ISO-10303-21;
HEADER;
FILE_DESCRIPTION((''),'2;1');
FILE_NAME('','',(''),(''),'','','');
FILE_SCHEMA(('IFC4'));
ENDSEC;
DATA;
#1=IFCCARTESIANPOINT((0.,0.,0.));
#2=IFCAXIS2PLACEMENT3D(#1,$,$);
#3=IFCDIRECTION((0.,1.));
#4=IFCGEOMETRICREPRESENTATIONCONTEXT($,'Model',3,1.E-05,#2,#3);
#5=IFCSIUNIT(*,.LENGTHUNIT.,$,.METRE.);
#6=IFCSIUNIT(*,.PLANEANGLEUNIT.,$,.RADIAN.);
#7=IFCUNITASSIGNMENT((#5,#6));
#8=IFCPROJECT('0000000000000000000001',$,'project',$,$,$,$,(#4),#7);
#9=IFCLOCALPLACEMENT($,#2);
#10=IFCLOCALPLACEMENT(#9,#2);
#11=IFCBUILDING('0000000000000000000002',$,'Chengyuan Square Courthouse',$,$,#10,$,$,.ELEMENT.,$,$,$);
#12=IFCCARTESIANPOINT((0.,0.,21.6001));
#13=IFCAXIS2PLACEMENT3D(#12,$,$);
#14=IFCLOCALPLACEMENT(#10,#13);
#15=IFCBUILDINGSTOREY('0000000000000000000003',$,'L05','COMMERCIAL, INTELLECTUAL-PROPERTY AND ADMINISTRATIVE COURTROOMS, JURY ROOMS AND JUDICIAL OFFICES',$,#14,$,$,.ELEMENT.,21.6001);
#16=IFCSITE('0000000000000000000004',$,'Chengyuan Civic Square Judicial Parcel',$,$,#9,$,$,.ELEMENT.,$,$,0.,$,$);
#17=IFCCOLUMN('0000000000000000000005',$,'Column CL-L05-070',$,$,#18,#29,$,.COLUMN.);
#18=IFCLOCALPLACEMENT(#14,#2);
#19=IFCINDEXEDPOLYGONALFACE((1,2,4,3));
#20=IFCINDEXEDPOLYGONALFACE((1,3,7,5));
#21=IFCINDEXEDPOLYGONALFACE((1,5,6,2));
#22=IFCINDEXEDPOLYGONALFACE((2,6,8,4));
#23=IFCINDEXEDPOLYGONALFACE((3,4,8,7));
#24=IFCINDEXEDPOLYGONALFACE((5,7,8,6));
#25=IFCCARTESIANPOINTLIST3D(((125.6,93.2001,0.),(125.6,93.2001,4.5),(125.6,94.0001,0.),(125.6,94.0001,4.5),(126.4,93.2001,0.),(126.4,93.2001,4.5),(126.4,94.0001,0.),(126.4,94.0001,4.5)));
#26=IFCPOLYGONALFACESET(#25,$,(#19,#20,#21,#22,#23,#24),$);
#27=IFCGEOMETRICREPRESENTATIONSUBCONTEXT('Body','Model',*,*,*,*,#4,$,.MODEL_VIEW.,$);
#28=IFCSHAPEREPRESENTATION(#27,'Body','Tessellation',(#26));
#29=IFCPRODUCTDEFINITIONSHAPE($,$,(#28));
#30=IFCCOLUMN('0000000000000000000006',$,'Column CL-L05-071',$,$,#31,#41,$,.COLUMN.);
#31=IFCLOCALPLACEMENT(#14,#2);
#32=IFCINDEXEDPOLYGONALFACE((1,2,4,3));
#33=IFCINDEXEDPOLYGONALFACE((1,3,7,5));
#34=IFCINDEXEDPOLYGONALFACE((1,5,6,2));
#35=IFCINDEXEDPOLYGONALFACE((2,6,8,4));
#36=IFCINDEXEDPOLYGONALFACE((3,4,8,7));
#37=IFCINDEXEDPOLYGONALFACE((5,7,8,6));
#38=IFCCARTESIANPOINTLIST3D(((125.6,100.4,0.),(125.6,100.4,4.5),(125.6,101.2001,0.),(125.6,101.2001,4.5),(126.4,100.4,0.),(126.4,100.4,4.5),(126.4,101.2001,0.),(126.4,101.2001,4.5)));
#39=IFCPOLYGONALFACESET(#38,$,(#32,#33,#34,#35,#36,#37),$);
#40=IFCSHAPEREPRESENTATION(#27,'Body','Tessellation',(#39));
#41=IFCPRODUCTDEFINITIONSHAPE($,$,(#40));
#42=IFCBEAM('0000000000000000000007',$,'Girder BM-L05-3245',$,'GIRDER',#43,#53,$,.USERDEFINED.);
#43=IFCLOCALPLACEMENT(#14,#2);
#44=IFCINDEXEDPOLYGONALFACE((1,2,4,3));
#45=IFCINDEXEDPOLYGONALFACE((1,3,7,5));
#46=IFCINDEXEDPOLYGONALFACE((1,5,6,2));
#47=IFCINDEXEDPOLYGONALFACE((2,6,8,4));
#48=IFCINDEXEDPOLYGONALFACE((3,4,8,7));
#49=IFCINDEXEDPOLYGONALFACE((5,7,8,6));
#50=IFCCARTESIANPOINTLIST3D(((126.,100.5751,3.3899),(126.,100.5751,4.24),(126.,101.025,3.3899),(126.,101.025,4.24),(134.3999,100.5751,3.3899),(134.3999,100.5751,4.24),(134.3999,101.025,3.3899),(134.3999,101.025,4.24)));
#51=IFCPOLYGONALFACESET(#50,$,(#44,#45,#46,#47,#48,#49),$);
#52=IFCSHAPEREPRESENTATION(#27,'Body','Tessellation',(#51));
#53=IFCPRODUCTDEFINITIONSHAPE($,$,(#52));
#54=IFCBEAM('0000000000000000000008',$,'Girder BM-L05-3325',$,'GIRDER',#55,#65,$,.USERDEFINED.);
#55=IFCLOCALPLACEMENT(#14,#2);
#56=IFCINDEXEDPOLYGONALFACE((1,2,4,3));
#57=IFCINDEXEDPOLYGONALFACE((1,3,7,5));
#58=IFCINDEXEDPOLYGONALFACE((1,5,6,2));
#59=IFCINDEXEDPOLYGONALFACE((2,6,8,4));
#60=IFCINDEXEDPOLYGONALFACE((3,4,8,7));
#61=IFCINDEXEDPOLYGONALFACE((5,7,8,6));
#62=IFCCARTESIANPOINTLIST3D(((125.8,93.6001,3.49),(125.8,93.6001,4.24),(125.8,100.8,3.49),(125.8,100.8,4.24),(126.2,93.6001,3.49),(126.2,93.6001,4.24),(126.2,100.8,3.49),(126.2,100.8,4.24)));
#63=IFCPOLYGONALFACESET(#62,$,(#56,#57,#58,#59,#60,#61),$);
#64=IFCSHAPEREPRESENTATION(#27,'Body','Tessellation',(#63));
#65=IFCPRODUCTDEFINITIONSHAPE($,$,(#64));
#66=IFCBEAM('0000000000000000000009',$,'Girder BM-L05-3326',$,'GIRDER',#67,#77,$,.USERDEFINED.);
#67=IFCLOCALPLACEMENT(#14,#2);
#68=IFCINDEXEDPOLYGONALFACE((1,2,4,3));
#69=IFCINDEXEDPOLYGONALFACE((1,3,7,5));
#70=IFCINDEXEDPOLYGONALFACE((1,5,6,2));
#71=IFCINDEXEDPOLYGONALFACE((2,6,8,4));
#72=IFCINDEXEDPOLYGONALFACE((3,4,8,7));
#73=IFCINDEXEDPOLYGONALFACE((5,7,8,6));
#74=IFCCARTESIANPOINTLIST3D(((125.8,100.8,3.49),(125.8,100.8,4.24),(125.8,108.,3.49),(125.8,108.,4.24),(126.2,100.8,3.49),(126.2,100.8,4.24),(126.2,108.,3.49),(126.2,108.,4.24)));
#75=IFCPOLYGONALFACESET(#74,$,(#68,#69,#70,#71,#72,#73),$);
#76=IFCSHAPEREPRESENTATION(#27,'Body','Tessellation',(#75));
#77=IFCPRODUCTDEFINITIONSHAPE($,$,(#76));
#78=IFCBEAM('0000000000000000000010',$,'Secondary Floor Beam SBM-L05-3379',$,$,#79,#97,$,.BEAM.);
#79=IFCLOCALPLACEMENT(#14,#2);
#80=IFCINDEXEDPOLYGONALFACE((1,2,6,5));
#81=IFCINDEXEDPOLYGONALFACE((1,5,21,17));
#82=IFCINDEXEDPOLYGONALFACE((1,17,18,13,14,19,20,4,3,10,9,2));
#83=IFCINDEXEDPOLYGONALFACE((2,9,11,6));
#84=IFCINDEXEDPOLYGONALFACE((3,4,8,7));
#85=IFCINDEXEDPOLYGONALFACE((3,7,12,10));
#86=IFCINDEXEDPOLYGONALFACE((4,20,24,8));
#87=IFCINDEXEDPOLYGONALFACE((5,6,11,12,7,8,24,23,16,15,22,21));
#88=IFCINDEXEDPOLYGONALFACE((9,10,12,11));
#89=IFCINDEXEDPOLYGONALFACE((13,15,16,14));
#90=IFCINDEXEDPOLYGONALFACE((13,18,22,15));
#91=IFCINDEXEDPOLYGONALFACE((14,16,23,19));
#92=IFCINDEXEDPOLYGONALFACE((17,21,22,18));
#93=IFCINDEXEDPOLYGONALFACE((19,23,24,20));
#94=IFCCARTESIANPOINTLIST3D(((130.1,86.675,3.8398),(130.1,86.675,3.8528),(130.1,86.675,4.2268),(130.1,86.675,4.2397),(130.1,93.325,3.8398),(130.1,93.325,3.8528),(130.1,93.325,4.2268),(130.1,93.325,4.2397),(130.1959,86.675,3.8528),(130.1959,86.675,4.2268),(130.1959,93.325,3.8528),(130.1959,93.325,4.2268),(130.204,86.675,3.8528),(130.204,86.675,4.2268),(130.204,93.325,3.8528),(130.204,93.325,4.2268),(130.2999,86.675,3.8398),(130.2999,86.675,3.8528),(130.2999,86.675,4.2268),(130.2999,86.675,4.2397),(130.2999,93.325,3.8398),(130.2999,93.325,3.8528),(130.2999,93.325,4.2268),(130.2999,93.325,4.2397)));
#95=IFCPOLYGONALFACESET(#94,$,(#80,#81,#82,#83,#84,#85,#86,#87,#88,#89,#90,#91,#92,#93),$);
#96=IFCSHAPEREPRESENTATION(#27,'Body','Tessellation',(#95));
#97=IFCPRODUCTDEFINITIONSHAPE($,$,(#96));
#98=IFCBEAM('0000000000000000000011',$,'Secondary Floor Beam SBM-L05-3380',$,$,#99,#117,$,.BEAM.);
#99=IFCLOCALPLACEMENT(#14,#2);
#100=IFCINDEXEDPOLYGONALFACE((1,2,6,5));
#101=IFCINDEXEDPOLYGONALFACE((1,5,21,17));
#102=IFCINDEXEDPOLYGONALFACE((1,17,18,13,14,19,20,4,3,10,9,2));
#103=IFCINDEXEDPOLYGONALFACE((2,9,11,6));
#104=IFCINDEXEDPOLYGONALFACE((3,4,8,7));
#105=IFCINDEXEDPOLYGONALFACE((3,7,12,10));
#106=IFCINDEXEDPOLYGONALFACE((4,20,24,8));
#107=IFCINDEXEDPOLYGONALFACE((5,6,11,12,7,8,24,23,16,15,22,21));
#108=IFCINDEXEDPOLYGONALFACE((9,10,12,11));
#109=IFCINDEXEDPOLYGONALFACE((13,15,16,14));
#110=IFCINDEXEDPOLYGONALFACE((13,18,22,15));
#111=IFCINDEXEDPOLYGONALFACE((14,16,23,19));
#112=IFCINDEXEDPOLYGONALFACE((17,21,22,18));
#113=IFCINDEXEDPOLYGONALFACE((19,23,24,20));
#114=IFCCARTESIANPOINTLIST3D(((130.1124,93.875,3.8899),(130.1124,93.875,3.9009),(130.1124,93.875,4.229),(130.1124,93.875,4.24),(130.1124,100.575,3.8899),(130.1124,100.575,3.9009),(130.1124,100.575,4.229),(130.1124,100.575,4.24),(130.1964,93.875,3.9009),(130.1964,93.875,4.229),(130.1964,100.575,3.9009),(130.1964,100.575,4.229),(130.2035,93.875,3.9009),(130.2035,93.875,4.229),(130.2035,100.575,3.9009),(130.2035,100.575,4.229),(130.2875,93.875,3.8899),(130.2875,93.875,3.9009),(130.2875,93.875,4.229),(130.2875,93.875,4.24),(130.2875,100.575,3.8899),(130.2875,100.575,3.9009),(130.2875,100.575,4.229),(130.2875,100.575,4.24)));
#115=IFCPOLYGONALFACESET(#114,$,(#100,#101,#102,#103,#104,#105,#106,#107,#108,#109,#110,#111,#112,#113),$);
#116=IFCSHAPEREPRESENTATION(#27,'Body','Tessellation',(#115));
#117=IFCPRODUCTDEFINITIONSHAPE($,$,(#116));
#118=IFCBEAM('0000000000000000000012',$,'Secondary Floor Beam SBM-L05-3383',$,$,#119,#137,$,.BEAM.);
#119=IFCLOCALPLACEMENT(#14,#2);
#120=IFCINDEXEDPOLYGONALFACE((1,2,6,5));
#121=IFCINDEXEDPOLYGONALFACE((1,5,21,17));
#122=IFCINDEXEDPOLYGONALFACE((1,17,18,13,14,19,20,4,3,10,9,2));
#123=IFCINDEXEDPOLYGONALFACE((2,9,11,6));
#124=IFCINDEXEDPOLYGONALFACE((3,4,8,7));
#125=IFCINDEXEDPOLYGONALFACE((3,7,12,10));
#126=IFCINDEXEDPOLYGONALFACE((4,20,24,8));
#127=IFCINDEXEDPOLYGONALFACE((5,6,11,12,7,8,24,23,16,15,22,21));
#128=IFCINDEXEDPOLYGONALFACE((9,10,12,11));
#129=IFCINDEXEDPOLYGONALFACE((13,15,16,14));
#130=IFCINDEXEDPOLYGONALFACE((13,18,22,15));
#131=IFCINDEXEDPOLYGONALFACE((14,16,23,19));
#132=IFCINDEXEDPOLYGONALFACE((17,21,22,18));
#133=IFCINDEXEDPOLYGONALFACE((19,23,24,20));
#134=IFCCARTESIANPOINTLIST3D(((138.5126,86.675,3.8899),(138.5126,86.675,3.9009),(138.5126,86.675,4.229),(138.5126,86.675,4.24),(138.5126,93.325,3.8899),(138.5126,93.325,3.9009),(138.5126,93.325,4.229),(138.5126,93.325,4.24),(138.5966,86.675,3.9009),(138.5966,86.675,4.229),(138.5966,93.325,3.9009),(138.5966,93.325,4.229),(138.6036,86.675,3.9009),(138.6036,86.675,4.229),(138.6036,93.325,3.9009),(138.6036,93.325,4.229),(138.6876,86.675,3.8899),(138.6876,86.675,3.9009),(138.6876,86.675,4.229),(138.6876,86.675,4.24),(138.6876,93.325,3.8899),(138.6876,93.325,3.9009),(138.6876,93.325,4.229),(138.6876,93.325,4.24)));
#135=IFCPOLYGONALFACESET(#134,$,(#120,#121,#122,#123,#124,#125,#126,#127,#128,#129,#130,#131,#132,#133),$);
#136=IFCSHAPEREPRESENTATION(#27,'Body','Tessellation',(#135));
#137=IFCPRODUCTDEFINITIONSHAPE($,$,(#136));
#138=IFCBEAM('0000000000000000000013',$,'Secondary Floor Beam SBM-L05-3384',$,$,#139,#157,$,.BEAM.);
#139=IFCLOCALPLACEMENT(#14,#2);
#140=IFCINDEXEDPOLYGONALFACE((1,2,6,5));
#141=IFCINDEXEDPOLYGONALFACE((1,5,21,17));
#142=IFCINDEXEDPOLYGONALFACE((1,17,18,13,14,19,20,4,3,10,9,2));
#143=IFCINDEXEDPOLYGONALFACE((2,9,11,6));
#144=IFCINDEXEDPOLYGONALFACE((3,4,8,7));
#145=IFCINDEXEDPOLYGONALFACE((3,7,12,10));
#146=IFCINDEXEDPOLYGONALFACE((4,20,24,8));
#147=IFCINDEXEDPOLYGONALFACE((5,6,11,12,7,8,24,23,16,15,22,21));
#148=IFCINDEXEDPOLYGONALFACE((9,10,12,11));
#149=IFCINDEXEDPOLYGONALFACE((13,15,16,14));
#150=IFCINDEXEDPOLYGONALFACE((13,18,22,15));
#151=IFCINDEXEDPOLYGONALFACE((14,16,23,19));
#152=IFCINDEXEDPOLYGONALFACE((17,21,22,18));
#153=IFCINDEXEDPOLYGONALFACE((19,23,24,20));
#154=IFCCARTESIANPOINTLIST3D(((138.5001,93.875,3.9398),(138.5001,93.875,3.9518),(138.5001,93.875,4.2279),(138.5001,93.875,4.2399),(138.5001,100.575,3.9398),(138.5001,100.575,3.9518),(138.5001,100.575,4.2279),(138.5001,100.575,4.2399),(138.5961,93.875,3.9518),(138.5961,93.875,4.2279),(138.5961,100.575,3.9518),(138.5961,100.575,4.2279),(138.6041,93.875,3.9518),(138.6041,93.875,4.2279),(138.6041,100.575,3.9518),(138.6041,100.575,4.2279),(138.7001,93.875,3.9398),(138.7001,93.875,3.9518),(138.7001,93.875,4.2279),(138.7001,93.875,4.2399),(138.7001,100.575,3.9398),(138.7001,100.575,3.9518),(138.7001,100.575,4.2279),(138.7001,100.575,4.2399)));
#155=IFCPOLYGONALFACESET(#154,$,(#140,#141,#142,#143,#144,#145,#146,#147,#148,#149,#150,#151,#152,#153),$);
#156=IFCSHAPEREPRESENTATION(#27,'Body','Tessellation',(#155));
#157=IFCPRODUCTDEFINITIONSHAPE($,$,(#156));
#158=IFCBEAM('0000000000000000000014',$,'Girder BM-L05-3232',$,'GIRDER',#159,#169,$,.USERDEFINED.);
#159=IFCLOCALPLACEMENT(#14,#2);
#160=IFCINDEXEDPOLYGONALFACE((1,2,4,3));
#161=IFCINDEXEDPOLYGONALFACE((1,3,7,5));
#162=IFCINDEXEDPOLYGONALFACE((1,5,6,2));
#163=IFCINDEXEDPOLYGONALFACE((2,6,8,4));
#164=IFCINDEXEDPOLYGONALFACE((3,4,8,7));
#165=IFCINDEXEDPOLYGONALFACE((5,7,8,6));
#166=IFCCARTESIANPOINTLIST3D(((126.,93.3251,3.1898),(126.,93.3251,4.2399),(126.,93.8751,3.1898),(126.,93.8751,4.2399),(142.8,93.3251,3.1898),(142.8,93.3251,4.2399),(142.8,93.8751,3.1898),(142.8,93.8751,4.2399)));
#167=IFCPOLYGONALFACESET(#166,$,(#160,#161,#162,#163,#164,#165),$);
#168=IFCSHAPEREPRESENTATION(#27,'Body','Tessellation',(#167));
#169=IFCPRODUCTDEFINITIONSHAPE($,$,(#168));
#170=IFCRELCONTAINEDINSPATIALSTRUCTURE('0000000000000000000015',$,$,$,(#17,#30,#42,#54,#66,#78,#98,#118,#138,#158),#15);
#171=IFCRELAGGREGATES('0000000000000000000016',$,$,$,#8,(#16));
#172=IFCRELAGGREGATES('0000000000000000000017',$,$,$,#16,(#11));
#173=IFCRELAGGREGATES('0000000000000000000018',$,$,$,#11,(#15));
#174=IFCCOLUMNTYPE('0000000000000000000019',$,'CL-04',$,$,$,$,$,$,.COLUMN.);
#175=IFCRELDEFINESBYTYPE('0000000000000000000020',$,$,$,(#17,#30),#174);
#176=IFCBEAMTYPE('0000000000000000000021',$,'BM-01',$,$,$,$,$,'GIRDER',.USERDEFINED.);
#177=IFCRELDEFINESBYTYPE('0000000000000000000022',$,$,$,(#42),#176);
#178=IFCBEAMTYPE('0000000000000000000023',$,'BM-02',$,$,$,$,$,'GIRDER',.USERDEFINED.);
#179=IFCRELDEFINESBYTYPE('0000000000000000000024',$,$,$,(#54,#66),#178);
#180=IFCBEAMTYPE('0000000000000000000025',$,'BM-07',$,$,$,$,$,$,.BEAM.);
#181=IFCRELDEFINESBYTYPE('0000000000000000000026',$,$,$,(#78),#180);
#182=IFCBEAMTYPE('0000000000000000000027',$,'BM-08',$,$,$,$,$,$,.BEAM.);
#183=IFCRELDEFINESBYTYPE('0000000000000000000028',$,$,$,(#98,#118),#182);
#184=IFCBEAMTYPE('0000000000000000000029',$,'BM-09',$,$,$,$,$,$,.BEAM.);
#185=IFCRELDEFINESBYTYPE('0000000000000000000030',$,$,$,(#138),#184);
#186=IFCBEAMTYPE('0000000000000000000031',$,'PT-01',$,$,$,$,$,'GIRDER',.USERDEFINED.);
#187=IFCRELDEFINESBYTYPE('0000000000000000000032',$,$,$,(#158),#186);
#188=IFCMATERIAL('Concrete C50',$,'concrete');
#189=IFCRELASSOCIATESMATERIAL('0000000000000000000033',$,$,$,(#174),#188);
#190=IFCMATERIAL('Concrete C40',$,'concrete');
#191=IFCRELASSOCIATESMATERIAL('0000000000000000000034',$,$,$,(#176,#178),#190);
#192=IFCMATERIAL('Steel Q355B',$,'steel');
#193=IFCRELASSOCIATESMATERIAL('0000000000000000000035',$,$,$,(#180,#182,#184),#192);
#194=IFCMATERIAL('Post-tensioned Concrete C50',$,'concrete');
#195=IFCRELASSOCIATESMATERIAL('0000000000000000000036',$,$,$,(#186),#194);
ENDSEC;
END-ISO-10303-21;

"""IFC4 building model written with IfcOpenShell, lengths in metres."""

from ifc_helpers import new_model, si_unit, direction, frame, origin, origin_2d, place, context, subcontext, project, spatial, rectangle, i_section, extrude, material, material_profile, profile_set, type_object, element, save


model = new_model("IFC4")

# Units and contexts
model_context = context("Model", 3, precision=1e-05, world=origin(), true_north=direction((0.0, 1.0)))
body_context = subcontext(model_context, "Body", "Model", "MODEL_VIEW")
ifc_project = project(units=[si_unit("LENGTHUNIT", "METRE"), si_unit("PLANEANGLEUNIT", "RADIAN")], contexts=[model_context])

# Site, building, storey
site_placement = place(None, origin())
site = spatial("IfcSite", under=ifc_project, at=site_placement, Name="Chengyuan Civic Square Judicial Parcel", CompositionType="ELEMENT", RefElevation=0.0)
building_placement = place(site_placement, origin())
building = spatial("IfcBuilding", under=site, at=building_placement, Name="Chengyuan Square Courthouse", CompositionType="ELEMENT")
storey_placement = place(building_placement, frame((0.0, 0.0, 21.6001)))
storey = spatial("IfcBuildingStorey", under=building, at=storey_placement, Name="L05", Description="COMMERCIAL, INTELLECTUAL-PROPERTY AND ADMINISTRATIVE COURTROOMS, JURY ROOMS AND JUDICIAL OFFICES", CompositionType="ELEMENT", Elevation=21.6001)

# Columns
ifc_material_1 = material(Name="Concrete C50", Category="concrete")
ifc_material_profile_1 = material_profile(ifc_material_1, rectangle(XDim=0.8, YDim=0.8, at=origin_2d()), Name="RC-COL-800x800")
ifc_profile_set_1 = profile_set([ifc_material_profile_1], Name="Concrete C50")
column_type = type_object("IfcColumnType", Name="CL-04", PredefinedType="COLUMN", material=ifc_profile_set_1)
for number, where, z_axis, x_axis, name in (
    (1, (126.0, 93.6001, 0.0), (0.0, 0.0, 1.0), (1.0, 0.0, 0.0), "Column CL-L05-070"),
    (2, (126.0, 100.8, 0.0), (0.0, 0.0, 1.0), (1.0, 0.0, 0.0), "Column CL-L05-071"),
):
    element("IfcColumn", number, at=place(storey_placement, frame(where, z_axis=z_axis, x_axis=x_axis)), inside=storey, type_object=column_type, Name=name, PredefinedType="COLUMN", context=body_context, shape_type="SweptSolid", body=[
        extrude(rectangle(XDim=0.8, YDim=0.8, at=origin_2d()), origin(), (0.0, 0.0, 1.0), 4.5),
    ])

# Beams
ifc_material_2 = material(Name="Concrete C40", Category="concrete")
ifc_material_profile_2 = material_profile(ifc_material_2, rectangle(XDim=0.45, YDim=0.8501, at=origin_2d()), Name="RC-BM-450x850")
ifc_profile_set_2 = profile_set([ifc_material_profile_2], Name="Concrete C40")
beam_type_1 = type_object("IfcBeamType", Name="BM-01", ElementType="GIRDER", PredefinedType="USERDEFINED", material=ifc_profile_set_2)
beam_1_placement = place(storey_placement, frame((126.0, 100.8, 3.8149), z_axis=(1.0, 0.0, 0.0), x_axis=(0.0, 1.0, 0.0)))
element("IfcBeam", 3, at=beam_1_placement, inside=storey, type_object=beam_type_1, Name="Girder BM-L05-3245", ObjectType="GIRDER", PredefinedType="USERDEFINED", context=body_context, shape_type="SweptSolid", body=[
    extrude(rectangle(XDim=0.45, YDim=0.8501, at=origin_2d()), origin(), (0.0, 0.0, 1.0), 8.3999),
])
ifc_material_profile_3 = material_profile(ifc_material_2, rectangle(XDim=0.3999, YDim=0.75, at=origin_2d()), Name="RC-BM-400x750")
ifc_profile_set_3 = profile_set([ifc_material_profile_3], Name="Concrete C40")
beam_type_2 = type_object("IfcBeamType", Name="BM-02", ElementType="GIRDER", PredefinedType="USERDEFINED", material=ifc_profile_set_3)
for number, where, z_axis, x_axis, name in (
    (4, (126.0, 93.6001, 3.865), (0.0, 1.0, 0.0), (-1.0, 0.0, 0.0), "Girder BM-L05-3325"),
    (5, (126.0, 100.8, 3.865), (0.0, 1.0, 0.0), (-1.0, 0.0, 0.0), "Girder BM-L05-3326"),
):
    element("IfcBeam", number, at=place(storey_placement, frame(where, z_axis=z_axis, x_axis=x_axis)), inside=storey, type_object=beam_type_2, Name=name, ObjectType="GIRDER", PredefinedType="USERDEFINED", context=body_context, shape_type="SweptSolid", body=[
        extrude(rectangle(XDim=0.3999, YDim=0.75, at=origin_2d()), origin(), (0.0, 0.0, 1.0), 7.2),
    ])
ifc_material_3 = material(Name="Steel Q355B", Category="steel")
ifc_material_profile_4 = material_profile(ifc_material_3, i_section(OverallWidth=0.2, OverallDepth=0.3999, WebThickness=0.0081, FlangeThickness=0.0129, at=origin_2d()), Name="HN 400x200x8x13")
ifc_profile_set_4 = profile_set([ifc_material_profile_4], Name="Steel Q355B")
beam_type_3 = type_object("IfcBeamType", Name="BM-07", PredefinedType="BEAM", material=ifc_profile_set_4)
beam_2_placement = place(storey_placement, frame((130.2, 86.675, 4.0398), z_axis=(0.0, 1.0, 0.0), x_axis=(-1.0, 0.0, 0.0)))
element("IfcBeam", 6, at=beam_2_placement, inside=storey, type_object=beam_type_3, Name="Secondary Floor Beam SBM-L05-3379", PredefinedType="BEAM", context=body_context, shape_type="SweptSolid", body=[
    extrude(i_section(OverallWidth=0.2, OverallDepth=0.3999, WebThickness=0.0081, FlangeThickness=0.0129, at=origin_2d()), origin(), (0.0, 0.0, 1.0), 6.6499),
])
ifc_material_profile_5 = material_profile(ifc_material_3, i_section(OverallWidth=0.175, OverallDepth=0.3501, WebThickness=0.0071, FlangeThickness=0.011, at=origin_2d()), Name="HN 350x175x7x11")
ifc_profile_set_5 = profile_set([ifc_material_profile_5], Name="Steel Q355B")
beam_type_4 = type_object("IfcBeamType", Name="BM-08", PredefinedType="BEAM", material=ifc_profile_set_5)
beam_3_placement = place(storey_placement, frame((130.2, 93.875, 4.0649), z_axis=(0.0, 1.0, 0.0), x_axis=(-1.0, 0.0, 0.0)))
element("IfcBeam", 7, at=beam_3_placement, inside=storey, type_object=beam_type_4, Name="Secondary Floor Beam SBM-L05-3380", PredefinedType="BEAM", context=body_context, shape_type="SweptSolid", body=[
    extrude(i_section(OverallWidth=0.175, OverallDepth=0.3501, WebThickness=0.0071, FlangeThickness=0.011, at=origin_2d()), origin(), (0.0, 0.0, 1.0), 6.7),
])
beam_4_placement = place(storey_placement, frame((138.6001, 86.675, 4.0649), z_axis=(0.0, 1.0, 0.0), x_axis=(-1.0, 0.0, 0.0)))
element("IfcBeam", 8, at=beam_4_placement, inside=storey, type_object=beam_type_4, Name="Secondary Floor Beam SBM-L05-3383", PredefinedType="BEAM", context=body_context, shape_type="SweptSolid", body=[
    extrude(i_section(OverallWidth=0.175, OverallDepth=0.3501, WebThickness=0.0071, FlangeThickness=0.011, at=origin_2d()), origin(), (0.0, 0.0, 1.0), 6.6499),
])
ifc_material_profile_6 = material_profile(ifc_material_3, i_section(OverallWidth=0.2, OverallDepth=0.3, WebThickness=0.0081, FlangeThickness=0.012, at=origin_2d()), Name="HM 300x200x8x12")
ifc_profile_set_6 = profile_set([ifc_material_profile_6], Name="Steel Q355B")
beam_type_5 = type_object("IfcBeamType", Name="BM-09", PredefinedType="BEAM", material=ifc_profile_set_6)
beam_5_placement = place(storey_placement, frame((138.6001, 93.875, 4.0898), z_axis=(0.0, 1.0, 0.0), x_axis=(-1.0, 0.0, 0.0)))
element("IfcBeam", 9, at=beam_5_placement, inside=storey, type_object=beam_type_5, Name="Secondary Floor Beam SBM-L05-3384", PredefinedType="BEAM", context=body_context, shape_type="SweptSolid", body=[
    extrude(i_section(OverallWidth=0.2, OverallDepth=0.3, WebThickness=0.0081, FlangeThickness=0.012, at=origin_2d()), origin(), (0.0, 0.0, 1.0), 6.7),
])
ifc_material_4 = material(Name="Post-tensioned Concrete C50", Category="concrete")
ifc_material_profile_7 = material_profile(ifc_material_4, rectangle(XDim=0.55, YDim=1.05, at=origin_2d()), Name="PT-BM-550x1050")
ifc_profile_set_7 = profile_set([ifc_material_profile_7], Name="Post-tensioned Concrete C50")
beam_type_6 = type_object("IfcBeamType", Name="PT-01", ElementType="GIRDER", PredefinedType="USERDEFINED", material=ifc_profile_set_7)
beam_6_placement = place(storey_placement, frame((126.0, 93.6001, 3.7148), z_axis=(1.0, 0.0, 0.0), x_axis=(0.0, 1.0, 0.0)))
element("IfcBeam", 10, at=beam_6_placement, inside=storey, type_object=beam_type_6, Name="Girder BM-L05-3232", ObjectType="GIRDER", PredefinedType="USERDEFINED", context=body_context, shape_type="SweptSolid", body=[
    extrude(rectangle(XDim=0.55, YDim=1.05, at=origin_2d()), origin(), (0.0, 0.0, 1.0), 16.8),
])

save(model, "model.ifc")
